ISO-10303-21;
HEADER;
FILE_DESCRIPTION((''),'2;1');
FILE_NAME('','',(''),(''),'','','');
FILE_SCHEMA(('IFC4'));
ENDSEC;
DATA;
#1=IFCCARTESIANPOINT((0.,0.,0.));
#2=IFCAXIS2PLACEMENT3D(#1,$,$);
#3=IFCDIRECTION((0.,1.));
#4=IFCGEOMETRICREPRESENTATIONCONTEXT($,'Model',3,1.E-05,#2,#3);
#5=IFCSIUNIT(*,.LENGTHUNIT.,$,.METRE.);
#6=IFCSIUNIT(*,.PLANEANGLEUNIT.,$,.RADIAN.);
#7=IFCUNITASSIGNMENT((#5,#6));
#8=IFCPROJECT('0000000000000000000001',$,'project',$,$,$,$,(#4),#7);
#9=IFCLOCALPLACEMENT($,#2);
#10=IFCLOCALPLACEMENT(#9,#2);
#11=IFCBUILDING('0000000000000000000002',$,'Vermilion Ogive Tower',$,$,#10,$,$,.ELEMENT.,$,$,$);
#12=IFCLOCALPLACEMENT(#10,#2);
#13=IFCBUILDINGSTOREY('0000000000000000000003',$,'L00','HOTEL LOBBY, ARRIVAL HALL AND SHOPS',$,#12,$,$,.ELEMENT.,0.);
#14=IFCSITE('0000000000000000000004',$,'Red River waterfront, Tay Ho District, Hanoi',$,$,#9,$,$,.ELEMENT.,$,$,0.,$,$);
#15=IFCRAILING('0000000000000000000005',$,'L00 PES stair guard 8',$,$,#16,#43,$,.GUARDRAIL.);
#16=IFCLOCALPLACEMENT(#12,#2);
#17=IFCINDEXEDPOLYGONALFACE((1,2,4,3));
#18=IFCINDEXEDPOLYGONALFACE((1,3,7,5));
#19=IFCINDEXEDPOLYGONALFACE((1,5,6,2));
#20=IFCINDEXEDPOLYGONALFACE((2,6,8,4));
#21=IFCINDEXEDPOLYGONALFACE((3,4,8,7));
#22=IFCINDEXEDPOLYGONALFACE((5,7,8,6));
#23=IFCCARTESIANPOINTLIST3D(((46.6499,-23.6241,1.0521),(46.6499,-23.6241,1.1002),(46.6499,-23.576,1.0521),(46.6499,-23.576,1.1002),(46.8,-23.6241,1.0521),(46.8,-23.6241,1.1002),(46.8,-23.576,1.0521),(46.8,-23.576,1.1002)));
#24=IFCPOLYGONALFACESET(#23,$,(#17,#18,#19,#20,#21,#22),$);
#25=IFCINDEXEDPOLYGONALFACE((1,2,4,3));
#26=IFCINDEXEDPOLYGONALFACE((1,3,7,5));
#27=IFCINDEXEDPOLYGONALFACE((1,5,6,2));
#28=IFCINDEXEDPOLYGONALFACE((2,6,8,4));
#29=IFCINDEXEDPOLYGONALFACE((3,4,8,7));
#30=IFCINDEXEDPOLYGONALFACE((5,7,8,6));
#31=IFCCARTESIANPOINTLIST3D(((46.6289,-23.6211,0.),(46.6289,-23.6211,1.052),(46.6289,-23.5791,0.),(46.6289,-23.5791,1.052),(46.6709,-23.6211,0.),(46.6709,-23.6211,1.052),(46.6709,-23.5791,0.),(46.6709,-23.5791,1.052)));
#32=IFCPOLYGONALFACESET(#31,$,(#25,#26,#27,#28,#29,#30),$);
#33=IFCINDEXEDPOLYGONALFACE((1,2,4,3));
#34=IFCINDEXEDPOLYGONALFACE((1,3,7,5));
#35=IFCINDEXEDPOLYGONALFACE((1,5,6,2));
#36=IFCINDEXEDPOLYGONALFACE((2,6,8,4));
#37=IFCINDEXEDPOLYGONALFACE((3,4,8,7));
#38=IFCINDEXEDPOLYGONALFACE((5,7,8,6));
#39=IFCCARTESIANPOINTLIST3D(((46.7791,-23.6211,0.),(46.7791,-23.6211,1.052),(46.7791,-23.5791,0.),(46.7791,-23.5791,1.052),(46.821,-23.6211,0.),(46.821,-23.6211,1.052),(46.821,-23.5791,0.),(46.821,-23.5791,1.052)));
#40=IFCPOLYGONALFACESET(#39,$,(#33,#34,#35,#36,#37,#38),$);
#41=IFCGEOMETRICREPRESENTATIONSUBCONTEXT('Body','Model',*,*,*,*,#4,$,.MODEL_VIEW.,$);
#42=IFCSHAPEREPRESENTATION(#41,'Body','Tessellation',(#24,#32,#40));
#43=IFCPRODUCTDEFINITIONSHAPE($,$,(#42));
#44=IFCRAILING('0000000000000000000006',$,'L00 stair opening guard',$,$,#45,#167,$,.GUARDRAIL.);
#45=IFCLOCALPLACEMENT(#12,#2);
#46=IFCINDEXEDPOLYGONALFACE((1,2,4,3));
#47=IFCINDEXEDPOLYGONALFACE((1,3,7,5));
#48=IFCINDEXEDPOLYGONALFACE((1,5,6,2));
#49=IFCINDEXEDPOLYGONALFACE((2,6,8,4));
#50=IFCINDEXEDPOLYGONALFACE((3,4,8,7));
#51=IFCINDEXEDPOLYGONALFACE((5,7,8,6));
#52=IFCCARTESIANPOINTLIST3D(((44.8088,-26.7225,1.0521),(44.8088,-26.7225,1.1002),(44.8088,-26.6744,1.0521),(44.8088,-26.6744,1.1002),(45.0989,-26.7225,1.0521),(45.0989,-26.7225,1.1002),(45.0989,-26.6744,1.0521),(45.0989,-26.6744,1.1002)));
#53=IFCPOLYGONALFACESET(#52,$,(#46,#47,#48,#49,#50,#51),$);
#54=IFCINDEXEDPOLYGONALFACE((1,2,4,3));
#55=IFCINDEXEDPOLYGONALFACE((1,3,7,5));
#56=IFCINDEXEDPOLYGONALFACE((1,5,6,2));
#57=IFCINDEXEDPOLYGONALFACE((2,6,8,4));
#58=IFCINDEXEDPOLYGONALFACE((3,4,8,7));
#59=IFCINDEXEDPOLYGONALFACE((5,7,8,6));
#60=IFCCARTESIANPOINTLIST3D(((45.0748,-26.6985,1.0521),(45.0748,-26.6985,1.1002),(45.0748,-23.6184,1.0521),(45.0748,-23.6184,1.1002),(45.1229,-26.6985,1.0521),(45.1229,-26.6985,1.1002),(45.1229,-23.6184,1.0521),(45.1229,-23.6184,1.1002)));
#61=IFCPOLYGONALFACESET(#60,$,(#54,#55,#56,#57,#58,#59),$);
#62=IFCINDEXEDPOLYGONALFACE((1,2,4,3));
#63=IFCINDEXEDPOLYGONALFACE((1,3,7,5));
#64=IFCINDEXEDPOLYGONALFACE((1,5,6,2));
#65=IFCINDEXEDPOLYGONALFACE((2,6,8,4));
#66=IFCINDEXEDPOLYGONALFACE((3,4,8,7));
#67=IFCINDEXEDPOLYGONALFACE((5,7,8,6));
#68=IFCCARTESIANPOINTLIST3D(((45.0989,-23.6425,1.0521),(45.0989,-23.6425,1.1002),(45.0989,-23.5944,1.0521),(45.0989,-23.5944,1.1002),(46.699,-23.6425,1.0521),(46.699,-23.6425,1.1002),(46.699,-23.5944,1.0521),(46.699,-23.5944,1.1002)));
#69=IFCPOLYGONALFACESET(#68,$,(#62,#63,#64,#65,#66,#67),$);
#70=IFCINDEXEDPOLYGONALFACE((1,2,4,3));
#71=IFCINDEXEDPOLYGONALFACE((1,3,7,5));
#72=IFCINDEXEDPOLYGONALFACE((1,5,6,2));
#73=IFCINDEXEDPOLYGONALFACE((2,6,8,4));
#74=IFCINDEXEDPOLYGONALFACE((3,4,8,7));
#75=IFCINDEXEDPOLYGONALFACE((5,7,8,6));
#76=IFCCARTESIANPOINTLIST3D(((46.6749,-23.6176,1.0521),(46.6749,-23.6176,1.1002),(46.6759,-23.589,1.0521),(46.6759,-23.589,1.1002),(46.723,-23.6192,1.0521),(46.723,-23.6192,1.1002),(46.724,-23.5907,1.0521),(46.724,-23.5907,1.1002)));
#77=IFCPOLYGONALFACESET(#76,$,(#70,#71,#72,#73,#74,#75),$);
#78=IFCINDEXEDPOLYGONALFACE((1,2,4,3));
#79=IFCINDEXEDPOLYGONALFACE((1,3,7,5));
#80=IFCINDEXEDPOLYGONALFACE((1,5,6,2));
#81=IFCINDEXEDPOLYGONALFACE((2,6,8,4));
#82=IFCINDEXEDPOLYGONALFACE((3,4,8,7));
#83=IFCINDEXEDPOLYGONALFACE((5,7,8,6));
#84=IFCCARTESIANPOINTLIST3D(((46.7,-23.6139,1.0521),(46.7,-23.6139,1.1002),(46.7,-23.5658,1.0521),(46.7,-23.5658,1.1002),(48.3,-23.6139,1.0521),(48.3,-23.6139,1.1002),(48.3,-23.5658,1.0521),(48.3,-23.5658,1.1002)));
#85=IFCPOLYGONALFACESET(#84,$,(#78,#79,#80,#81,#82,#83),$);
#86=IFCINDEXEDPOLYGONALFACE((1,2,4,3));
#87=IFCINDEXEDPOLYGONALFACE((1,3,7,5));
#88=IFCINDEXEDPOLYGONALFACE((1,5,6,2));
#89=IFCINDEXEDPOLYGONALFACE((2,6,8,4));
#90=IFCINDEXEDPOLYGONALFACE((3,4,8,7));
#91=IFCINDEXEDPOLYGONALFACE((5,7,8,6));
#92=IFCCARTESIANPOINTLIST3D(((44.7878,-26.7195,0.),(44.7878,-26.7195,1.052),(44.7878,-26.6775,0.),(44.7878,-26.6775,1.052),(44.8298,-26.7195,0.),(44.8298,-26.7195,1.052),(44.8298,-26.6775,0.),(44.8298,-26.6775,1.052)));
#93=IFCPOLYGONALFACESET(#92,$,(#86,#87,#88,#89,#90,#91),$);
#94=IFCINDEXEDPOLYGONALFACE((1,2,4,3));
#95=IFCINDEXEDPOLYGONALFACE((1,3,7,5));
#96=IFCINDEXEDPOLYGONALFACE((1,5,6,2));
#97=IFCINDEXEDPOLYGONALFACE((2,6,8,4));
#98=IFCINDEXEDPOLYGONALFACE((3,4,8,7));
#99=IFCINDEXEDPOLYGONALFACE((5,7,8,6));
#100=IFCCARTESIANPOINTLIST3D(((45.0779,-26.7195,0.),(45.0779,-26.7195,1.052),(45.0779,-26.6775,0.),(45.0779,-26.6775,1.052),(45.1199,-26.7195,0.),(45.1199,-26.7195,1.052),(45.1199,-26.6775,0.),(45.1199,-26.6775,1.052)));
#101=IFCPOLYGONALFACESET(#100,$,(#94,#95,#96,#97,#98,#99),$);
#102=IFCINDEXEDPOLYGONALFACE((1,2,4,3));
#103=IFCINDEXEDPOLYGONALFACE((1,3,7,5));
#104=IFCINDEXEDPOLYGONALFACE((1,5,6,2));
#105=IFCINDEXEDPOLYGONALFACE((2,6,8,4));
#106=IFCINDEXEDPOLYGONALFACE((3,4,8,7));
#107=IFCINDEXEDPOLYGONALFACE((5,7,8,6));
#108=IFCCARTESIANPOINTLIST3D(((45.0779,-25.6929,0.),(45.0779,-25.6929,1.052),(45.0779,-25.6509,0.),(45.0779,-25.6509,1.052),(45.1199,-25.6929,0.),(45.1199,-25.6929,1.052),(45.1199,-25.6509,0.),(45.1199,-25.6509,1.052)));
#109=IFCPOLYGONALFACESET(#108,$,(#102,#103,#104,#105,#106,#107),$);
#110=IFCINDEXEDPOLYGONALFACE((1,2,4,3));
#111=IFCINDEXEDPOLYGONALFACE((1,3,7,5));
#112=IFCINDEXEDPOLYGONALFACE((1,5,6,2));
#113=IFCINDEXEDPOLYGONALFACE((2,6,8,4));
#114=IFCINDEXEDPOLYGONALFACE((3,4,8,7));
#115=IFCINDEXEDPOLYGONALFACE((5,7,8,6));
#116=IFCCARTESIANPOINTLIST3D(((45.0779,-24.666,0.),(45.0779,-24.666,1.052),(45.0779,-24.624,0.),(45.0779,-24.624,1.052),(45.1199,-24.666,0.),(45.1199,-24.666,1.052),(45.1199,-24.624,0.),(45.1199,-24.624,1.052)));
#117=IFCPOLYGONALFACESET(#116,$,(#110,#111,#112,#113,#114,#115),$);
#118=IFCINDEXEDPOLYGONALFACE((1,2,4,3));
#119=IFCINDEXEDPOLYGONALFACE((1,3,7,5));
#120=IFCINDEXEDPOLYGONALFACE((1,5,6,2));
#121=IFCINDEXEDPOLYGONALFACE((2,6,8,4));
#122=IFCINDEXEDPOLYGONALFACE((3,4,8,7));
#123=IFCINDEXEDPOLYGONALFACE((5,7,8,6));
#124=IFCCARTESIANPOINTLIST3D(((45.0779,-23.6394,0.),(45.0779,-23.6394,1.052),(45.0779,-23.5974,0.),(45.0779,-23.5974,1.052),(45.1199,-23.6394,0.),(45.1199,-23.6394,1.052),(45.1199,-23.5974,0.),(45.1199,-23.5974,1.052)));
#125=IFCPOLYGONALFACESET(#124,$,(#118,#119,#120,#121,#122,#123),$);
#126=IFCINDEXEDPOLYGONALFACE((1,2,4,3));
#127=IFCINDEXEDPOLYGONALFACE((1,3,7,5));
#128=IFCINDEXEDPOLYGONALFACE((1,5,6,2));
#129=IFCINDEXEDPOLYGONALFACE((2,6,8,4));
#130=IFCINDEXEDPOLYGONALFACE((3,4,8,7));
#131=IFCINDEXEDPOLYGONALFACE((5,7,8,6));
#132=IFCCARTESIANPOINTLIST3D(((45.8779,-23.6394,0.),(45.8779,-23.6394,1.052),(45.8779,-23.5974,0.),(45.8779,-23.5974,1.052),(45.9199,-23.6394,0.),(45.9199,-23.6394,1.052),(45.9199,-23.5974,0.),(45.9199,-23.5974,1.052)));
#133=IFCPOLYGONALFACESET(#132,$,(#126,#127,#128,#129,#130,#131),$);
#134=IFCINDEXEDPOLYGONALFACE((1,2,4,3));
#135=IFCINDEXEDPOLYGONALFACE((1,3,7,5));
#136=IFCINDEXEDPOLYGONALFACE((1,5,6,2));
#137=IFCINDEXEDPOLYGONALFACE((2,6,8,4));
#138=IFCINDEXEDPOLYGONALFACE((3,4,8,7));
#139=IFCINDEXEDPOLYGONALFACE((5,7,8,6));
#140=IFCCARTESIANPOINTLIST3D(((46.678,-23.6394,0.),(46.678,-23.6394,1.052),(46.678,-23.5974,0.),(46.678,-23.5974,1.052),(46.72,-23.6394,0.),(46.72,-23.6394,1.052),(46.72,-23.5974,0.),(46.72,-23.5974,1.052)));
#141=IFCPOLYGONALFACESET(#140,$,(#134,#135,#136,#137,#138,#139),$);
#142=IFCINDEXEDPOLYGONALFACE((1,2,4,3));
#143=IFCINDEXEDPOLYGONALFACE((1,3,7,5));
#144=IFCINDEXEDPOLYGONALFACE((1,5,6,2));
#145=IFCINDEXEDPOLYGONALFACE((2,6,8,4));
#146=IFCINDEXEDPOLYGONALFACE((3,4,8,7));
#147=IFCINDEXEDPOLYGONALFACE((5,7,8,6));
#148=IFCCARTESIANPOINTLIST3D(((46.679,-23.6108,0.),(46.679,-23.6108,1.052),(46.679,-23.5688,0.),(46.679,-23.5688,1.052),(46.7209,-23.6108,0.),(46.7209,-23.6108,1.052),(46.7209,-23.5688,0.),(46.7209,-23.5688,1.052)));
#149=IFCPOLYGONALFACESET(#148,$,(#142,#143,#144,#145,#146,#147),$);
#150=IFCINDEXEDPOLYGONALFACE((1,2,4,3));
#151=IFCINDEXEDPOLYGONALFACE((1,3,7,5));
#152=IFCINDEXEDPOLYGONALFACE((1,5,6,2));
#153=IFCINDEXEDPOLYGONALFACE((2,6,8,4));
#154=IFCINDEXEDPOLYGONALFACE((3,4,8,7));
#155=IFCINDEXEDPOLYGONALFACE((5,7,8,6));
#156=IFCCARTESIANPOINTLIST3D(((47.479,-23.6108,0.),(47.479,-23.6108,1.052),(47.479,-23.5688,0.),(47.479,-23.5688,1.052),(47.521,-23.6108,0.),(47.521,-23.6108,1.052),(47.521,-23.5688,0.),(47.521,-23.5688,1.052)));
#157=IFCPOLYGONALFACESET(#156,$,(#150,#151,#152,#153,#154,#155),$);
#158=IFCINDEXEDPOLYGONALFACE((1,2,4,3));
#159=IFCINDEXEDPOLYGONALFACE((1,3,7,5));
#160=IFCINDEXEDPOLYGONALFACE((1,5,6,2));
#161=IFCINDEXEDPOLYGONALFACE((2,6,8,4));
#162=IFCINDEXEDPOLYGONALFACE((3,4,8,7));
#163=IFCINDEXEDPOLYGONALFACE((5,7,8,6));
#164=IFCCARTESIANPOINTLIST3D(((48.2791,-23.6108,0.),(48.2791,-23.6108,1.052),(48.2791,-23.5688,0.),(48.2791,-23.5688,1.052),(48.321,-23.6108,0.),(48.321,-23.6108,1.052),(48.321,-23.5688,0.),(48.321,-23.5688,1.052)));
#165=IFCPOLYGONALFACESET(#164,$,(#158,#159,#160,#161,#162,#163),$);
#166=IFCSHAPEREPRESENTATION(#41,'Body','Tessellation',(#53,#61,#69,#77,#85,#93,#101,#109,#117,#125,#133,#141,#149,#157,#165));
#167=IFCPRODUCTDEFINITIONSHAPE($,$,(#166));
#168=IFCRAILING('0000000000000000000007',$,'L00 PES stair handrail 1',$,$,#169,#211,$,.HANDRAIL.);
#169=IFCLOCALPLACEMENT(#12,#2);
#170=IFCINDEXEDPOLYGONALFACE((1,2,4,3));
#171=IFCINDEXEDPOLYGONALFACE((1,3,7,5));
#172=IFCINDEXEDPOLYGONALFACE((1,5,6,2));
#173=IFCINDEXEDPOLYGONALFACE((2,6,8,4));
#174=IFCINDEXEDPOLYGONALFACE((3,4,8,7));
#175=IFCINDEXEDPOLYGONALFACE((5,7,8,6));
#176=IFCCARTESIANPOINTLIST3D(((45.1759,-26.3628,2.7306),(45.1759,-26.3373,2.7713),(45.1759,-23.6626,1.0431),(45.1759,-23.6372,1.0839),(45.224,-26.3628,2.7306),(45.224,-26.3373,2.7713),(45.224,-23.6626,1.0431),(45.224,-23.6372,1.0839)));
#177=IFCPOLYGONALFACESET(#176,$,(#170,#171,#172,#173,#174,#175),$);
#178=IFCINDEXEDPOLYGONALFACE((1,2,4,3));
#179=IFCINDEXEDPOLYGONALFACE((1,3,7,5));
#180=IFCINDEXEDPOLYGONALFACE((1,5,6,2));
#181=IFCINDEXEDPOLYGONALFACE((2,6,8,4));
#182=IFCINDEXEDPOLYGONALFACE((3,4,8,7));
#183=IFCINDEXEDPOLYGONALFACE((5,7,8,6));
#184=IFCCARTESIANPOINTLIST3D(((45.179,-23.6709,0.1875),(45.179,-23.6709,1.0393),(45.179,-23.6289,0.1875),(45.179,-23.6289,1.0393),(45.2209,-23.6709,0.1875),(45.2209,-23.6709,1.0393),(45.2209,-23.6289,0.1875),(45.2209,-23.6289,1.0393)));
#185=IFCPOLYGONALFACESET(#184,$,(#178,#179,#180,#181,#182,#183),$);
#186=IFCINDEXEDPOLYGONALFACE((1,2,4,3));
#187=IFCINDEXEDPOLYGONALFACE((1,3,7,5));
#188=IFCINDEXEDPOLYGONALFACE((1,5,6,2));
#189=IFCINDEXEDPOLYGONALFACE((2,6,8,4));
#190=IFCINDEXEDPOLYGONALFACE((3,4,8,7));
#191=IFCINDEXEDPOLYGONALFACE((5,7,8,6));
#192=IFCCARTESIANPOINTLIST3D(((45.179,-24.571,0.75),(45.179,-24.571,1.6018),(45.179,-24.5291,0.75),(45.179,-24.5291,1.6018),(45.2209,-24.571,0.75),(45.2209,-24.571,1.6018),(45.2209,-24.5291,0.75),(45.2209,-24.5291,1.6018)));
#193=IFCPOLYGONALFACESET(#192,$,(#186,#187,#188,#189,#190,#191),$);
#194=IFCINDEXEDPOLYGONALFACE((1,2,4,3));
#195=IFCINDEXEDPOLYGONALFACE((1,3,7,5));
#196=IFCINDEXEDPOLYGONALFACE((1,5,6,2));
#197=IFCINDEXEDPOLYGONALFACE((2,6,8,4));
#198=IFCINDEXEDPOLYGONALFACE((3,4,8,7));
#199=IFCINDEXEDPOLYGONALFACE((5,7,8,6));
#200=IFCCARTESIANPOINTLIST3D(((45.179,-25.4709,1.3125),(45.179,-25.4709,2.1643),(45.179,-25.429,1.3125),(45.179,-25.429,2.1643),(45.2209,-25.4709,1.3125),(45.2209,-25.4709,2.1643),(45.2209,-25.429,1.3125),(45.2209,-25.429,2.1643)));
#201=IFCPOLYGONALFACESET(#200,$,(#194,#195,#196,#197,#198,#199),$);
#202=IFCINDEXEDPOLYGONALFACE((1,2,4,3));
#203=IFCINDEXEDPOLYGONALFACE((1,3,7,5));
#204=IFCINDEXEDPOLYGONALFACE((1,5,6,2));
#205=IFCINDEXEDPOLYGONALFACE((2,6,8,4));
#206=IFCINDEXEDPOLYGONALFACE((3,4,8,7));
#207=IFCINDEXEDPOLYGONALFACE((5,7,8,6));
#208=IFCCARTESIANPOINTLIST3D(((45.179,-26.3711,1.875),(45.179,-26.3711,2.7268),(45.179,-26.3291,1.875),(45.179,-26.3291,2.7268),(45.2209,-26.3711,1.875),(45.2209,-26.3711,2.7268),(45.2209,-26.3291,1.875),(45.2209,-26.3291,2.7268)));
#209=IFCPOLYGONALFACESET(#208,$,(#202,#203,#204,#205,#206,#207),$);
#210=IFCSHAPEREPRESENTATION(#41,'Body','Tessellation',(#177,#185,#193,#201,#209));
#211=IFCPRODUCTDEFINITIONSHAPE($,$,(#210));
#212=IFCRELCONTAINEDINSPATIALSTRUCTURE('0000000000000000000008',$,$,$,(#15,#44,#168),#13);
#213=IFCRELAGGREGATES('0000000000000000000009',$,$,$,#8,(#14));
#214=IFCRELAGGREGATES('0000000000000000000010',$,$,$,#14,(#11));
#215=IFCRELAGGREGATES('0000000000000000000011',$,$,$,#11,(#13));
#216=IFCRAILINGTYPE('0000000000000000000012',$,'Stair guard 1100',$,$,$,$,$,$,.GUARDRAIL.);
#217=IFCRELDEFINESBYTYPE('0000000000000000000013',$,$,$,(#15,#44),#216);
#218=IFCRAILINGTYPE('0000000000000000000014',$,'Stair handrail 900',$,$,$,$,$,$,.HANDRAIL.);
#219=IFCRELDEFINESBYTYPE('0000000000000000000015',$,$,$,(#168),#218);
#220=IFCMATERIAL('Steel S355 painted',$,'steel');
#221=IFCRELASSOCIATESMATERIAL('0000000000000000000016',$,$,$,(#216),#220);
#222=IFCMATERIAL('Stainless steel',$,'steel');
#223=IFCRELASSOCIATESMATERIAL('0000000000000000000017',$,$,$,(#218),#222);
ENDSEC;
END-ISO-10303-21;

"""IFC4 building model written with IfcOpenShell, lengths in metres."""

from ifc_helpers import new_model, si_unit, direction, frame, origin, origin_2d, place, context, subcontext, project, spatial, rectangle, extrude, material, type_object, element, save


model = new_model("IFC4")

# Units and contexts
model_context = context("Model", 3, precision=1e-05, world=origin(), true_north=direction((0.0, 1.0)))
body_context = subcontext(model_context, "Body", "Model", "MODEL_VIEW")
ifc_project = project(units=[si_unit("LENGTHUNIT", "METRE"), si_unit("PLANEANGLEUNIT", "RADIAN")], contexts=[model_context])

# Site, building, storey
site_placement = place(None, origin())
site = spatial("IfcSite", under=ifc_project, at=site_placement, Name="Red River waterfront, Tay Ho District, Hanoi", CompositionType="ELEMENT", RefElevation=0.0)
building_placement = place(site_placement, origin())
building = spatial("IfcBuilding", under=site, at=building_placement, Name="Vermilion Ogive Tower", CompositionType="ELEMENT")
storey_placement = place(building_placement, origin())
storey = spatial("IfcBuildingStorey", under=building, at=storey_placement, Name="L00", Description="HOTEL LOBBY, ARRIVAL HALL AND SHOPS", CompositionType="ELEMENT", Elevation=0.0)

# Railings
ifc_material_1 = material(Name="Steel S355 painted", Category="steel")
railing_type_1 = type_object("IfcRailingType", Name="Stair guard 1100", PredefinedType="GUARDRAIL", material=ifc_material_1)
railing_1_placement = place(storey_placement, frame((46.6499, -23.6001, 0.0)))
element("IfcRailing", 1, at=railing_1_placement, inside=storey, type_object=railing_type_1, Name="L00 PES stair guard 8", PredefinedType="GUARDRAIL", context=body_context, shape_type="SweptSolid", body=[
    extrude(rectangle(XDim=0.0481, YDim=0.0481, at=origin_2d()), frame((0.0, 0.0, 1.0762), z_axis=(1.0, 0.0, 0.0), x_axis=(0.0, 1.0, 0.0)), (0.0, 0.0, 1.0), 0.1501),
    extrude(rectangle(XDim=0.042, YDim=0.042, at=origin_2d()), origin(), (0.0, 0.0, 1.0), 1.052),
    extrude(rectangle(XDim=0.042, YDim=0.042, at=origin_2d()), frame((0.1501, 0.0, 0.0)), (0.0, 0.0, 1.0), 1.052),
])
railing_2_placement = place(storey_placement, frame((44.8088, -26.6985, 0.0)))
element("IfcRailing", 2, at=railing_2_placement, inside=storey, type_object=railing_type_1, Name="L00 stair opening guard", PredefinedType="GUARDRAIL", context=body_context, shape_type="SweptSolid", body=[
    extrude(rectangle(XDim=0.0481, YDim=0.0481, at=origin_2d()), frame((0.0, 0.0, 1.0762), z_axis=(1.0, 0.0, 0.0), x_axis=(0.0, 1.0, 0.0)), (0.0, 0.0, 1.0), 0.29),
    extrude(rectangle(XDim=0.0481, YDim=0.0481, at=origin_2d()), frame((0.29, 0.0, 1.0762), z_axis=(0.0, 1.0, 0.0), x_axis=(-1.0, 0.0, 0.0)), (0.0, 0.0, 1.0), 3.0801),
    extrude(rectangle(XDim=0.0481, YDim=0.0481, at=origin_2d()), frame((0.29, 3.0801, 1.0762), z_axis=(1.0, 0.0, 0.0), x_axis=(0.0, 1.0, 0.0)), (0.0, 0.0, 1.0), 1.6001),
    extrude(rectangle(XDim=0.0481, YDim=0.0481, at=origin_2d()), frame((1.8901, 3.0801, 1.0762), z_axis=(0.034168, 0.999416, 0.0), x_axis=(-0.999416, 0.034168, 0.0)), (0.0, 0.0, 1.0), 0.0286),
    extrude(rectangle(XDim=0.0481, YDim=0.0481, at=origin_2d()), frame((1.8911, 3.1086, 1.0762), z_axis=(1.0, 0.0, 0.0), x_axis=(0.0, 1.0, 0.0)), (0.0, 0.0, 1.0), 1.6001),
    extrude(rectangle(XDim=0.042, YDim=0.042, at=origin_2d()), origin(), (0.0, 0.0, 1.0), 1.052),
    extrude(rectangle(XDim=0.042, YDim=0.042, at=origin_2d()), frame((0.29, 0.0, 0.0)), (0.0, 0.0, 1.0), 1.052),
    extrude(rectangle(XDim=0.042, YDim=0.042, at=origin_2d()), frame((0.29, 1.0266, 0.0)), (0.0, 0.0, 1.0), 1.052),
    extrude(rectangle(XDim=0.042, YDim=0.042, at=origin_2d()), frame((0.29, 2.0535, 0.0)), (0.0, 0.0, 1.0), 1.052),
    extrude(rectangle(XDim=0.042, YDim=0.042, at=origin_2d()), frame((0.29, 3.0801, 0.0)), (0.0, 0.0, 1.0), 1.052),
    extrude(rectangle(XDim=0.042, YDim=0.042, at=origin_2d()), frame((1.0901, 3.0801, 0.0)), (0.0, 0.0, 1.0), 1.052),
    extrude(rectangle(XDim=0.042, YDim=0.042, at=origin_2d()), frame((1.8901, 3.0801, 0.0)), (0.0, 0.0, 1.0), 1.052),
    extrude(rectangle(XDim=0.042, YDim=0.042, at=origin_2d()), frame((1.8911, 3.1086, 0.0)), (0.0, 0.0, 1.0), 1.052),
    extrude(rectangle(XDim=0.042, YDim=0.042, at=origin_2d()), frame((2.6912, 3.1086, 0.0)), (0.0, 0.0, 1.0), 1.052),
    extrude(rectangle(XDim=0.042, YDim=0.042, at=origin_2d()), frame((3.4912, 3.1086, 0.0)), (0.0, 0.0, 1.0), 1.052),
])
ifc_material_2 = material(Name="Stainless steel", Category="steel")
railing_type_2 = type_object("IfcRailingType", Name="Stair handrail 900", PredefinedType="HANDRAIL", material=ifc_material_2)
railing_3_placement = place(storey_placement, frame((45.2, -23.6499, 0.1875)))
element("IfcRailing", 3, at=railing_3_placement, inside=storey, type_object=railing_type_2, Name="L00 PES stair handrail 1", PredefinedType="HANDRAIL", context=body_context, shape_type="SweptSolid", body=[
    extrude(rectangle(XDim=0.0481, YDim=0.0481, at=origin_2d()), frame((0.0, 0.0, 0.876), z_axis=(0.0, -0.848016, 0.529971), x_axis=(1.0, 0.0, 0.0)), (0.0, 0.0, 1.0), 3.1841),
    extrude(rectangle(XDim=0.042, YDim=0.042, at=origin_2d()), origin(), (0.0, 0.0, 1.0), 0.8518),
    extrude(rectangle(XDim=0.042, YDim=0.042, at=origin_2d()), frame((0.0, -0.9001, 0.5625)), (0.0, 0.0, 1.0), 0.8518),
    extrude(rectangle(XDim=0.042, YDim=0.042, at=origin_2d()), frame((0.0, -1.8, 1.125)), (0.0, 0.0, 1.0), 0.8518),
    extrude(rectangle(XDim=0.042, YDim=0.042, at=origin_2d()), frame((0.0, -2.7002, 1.6875)), (0.0, 0.0, 1.0), 0.8518),
])

save(model, "model.ifc")
